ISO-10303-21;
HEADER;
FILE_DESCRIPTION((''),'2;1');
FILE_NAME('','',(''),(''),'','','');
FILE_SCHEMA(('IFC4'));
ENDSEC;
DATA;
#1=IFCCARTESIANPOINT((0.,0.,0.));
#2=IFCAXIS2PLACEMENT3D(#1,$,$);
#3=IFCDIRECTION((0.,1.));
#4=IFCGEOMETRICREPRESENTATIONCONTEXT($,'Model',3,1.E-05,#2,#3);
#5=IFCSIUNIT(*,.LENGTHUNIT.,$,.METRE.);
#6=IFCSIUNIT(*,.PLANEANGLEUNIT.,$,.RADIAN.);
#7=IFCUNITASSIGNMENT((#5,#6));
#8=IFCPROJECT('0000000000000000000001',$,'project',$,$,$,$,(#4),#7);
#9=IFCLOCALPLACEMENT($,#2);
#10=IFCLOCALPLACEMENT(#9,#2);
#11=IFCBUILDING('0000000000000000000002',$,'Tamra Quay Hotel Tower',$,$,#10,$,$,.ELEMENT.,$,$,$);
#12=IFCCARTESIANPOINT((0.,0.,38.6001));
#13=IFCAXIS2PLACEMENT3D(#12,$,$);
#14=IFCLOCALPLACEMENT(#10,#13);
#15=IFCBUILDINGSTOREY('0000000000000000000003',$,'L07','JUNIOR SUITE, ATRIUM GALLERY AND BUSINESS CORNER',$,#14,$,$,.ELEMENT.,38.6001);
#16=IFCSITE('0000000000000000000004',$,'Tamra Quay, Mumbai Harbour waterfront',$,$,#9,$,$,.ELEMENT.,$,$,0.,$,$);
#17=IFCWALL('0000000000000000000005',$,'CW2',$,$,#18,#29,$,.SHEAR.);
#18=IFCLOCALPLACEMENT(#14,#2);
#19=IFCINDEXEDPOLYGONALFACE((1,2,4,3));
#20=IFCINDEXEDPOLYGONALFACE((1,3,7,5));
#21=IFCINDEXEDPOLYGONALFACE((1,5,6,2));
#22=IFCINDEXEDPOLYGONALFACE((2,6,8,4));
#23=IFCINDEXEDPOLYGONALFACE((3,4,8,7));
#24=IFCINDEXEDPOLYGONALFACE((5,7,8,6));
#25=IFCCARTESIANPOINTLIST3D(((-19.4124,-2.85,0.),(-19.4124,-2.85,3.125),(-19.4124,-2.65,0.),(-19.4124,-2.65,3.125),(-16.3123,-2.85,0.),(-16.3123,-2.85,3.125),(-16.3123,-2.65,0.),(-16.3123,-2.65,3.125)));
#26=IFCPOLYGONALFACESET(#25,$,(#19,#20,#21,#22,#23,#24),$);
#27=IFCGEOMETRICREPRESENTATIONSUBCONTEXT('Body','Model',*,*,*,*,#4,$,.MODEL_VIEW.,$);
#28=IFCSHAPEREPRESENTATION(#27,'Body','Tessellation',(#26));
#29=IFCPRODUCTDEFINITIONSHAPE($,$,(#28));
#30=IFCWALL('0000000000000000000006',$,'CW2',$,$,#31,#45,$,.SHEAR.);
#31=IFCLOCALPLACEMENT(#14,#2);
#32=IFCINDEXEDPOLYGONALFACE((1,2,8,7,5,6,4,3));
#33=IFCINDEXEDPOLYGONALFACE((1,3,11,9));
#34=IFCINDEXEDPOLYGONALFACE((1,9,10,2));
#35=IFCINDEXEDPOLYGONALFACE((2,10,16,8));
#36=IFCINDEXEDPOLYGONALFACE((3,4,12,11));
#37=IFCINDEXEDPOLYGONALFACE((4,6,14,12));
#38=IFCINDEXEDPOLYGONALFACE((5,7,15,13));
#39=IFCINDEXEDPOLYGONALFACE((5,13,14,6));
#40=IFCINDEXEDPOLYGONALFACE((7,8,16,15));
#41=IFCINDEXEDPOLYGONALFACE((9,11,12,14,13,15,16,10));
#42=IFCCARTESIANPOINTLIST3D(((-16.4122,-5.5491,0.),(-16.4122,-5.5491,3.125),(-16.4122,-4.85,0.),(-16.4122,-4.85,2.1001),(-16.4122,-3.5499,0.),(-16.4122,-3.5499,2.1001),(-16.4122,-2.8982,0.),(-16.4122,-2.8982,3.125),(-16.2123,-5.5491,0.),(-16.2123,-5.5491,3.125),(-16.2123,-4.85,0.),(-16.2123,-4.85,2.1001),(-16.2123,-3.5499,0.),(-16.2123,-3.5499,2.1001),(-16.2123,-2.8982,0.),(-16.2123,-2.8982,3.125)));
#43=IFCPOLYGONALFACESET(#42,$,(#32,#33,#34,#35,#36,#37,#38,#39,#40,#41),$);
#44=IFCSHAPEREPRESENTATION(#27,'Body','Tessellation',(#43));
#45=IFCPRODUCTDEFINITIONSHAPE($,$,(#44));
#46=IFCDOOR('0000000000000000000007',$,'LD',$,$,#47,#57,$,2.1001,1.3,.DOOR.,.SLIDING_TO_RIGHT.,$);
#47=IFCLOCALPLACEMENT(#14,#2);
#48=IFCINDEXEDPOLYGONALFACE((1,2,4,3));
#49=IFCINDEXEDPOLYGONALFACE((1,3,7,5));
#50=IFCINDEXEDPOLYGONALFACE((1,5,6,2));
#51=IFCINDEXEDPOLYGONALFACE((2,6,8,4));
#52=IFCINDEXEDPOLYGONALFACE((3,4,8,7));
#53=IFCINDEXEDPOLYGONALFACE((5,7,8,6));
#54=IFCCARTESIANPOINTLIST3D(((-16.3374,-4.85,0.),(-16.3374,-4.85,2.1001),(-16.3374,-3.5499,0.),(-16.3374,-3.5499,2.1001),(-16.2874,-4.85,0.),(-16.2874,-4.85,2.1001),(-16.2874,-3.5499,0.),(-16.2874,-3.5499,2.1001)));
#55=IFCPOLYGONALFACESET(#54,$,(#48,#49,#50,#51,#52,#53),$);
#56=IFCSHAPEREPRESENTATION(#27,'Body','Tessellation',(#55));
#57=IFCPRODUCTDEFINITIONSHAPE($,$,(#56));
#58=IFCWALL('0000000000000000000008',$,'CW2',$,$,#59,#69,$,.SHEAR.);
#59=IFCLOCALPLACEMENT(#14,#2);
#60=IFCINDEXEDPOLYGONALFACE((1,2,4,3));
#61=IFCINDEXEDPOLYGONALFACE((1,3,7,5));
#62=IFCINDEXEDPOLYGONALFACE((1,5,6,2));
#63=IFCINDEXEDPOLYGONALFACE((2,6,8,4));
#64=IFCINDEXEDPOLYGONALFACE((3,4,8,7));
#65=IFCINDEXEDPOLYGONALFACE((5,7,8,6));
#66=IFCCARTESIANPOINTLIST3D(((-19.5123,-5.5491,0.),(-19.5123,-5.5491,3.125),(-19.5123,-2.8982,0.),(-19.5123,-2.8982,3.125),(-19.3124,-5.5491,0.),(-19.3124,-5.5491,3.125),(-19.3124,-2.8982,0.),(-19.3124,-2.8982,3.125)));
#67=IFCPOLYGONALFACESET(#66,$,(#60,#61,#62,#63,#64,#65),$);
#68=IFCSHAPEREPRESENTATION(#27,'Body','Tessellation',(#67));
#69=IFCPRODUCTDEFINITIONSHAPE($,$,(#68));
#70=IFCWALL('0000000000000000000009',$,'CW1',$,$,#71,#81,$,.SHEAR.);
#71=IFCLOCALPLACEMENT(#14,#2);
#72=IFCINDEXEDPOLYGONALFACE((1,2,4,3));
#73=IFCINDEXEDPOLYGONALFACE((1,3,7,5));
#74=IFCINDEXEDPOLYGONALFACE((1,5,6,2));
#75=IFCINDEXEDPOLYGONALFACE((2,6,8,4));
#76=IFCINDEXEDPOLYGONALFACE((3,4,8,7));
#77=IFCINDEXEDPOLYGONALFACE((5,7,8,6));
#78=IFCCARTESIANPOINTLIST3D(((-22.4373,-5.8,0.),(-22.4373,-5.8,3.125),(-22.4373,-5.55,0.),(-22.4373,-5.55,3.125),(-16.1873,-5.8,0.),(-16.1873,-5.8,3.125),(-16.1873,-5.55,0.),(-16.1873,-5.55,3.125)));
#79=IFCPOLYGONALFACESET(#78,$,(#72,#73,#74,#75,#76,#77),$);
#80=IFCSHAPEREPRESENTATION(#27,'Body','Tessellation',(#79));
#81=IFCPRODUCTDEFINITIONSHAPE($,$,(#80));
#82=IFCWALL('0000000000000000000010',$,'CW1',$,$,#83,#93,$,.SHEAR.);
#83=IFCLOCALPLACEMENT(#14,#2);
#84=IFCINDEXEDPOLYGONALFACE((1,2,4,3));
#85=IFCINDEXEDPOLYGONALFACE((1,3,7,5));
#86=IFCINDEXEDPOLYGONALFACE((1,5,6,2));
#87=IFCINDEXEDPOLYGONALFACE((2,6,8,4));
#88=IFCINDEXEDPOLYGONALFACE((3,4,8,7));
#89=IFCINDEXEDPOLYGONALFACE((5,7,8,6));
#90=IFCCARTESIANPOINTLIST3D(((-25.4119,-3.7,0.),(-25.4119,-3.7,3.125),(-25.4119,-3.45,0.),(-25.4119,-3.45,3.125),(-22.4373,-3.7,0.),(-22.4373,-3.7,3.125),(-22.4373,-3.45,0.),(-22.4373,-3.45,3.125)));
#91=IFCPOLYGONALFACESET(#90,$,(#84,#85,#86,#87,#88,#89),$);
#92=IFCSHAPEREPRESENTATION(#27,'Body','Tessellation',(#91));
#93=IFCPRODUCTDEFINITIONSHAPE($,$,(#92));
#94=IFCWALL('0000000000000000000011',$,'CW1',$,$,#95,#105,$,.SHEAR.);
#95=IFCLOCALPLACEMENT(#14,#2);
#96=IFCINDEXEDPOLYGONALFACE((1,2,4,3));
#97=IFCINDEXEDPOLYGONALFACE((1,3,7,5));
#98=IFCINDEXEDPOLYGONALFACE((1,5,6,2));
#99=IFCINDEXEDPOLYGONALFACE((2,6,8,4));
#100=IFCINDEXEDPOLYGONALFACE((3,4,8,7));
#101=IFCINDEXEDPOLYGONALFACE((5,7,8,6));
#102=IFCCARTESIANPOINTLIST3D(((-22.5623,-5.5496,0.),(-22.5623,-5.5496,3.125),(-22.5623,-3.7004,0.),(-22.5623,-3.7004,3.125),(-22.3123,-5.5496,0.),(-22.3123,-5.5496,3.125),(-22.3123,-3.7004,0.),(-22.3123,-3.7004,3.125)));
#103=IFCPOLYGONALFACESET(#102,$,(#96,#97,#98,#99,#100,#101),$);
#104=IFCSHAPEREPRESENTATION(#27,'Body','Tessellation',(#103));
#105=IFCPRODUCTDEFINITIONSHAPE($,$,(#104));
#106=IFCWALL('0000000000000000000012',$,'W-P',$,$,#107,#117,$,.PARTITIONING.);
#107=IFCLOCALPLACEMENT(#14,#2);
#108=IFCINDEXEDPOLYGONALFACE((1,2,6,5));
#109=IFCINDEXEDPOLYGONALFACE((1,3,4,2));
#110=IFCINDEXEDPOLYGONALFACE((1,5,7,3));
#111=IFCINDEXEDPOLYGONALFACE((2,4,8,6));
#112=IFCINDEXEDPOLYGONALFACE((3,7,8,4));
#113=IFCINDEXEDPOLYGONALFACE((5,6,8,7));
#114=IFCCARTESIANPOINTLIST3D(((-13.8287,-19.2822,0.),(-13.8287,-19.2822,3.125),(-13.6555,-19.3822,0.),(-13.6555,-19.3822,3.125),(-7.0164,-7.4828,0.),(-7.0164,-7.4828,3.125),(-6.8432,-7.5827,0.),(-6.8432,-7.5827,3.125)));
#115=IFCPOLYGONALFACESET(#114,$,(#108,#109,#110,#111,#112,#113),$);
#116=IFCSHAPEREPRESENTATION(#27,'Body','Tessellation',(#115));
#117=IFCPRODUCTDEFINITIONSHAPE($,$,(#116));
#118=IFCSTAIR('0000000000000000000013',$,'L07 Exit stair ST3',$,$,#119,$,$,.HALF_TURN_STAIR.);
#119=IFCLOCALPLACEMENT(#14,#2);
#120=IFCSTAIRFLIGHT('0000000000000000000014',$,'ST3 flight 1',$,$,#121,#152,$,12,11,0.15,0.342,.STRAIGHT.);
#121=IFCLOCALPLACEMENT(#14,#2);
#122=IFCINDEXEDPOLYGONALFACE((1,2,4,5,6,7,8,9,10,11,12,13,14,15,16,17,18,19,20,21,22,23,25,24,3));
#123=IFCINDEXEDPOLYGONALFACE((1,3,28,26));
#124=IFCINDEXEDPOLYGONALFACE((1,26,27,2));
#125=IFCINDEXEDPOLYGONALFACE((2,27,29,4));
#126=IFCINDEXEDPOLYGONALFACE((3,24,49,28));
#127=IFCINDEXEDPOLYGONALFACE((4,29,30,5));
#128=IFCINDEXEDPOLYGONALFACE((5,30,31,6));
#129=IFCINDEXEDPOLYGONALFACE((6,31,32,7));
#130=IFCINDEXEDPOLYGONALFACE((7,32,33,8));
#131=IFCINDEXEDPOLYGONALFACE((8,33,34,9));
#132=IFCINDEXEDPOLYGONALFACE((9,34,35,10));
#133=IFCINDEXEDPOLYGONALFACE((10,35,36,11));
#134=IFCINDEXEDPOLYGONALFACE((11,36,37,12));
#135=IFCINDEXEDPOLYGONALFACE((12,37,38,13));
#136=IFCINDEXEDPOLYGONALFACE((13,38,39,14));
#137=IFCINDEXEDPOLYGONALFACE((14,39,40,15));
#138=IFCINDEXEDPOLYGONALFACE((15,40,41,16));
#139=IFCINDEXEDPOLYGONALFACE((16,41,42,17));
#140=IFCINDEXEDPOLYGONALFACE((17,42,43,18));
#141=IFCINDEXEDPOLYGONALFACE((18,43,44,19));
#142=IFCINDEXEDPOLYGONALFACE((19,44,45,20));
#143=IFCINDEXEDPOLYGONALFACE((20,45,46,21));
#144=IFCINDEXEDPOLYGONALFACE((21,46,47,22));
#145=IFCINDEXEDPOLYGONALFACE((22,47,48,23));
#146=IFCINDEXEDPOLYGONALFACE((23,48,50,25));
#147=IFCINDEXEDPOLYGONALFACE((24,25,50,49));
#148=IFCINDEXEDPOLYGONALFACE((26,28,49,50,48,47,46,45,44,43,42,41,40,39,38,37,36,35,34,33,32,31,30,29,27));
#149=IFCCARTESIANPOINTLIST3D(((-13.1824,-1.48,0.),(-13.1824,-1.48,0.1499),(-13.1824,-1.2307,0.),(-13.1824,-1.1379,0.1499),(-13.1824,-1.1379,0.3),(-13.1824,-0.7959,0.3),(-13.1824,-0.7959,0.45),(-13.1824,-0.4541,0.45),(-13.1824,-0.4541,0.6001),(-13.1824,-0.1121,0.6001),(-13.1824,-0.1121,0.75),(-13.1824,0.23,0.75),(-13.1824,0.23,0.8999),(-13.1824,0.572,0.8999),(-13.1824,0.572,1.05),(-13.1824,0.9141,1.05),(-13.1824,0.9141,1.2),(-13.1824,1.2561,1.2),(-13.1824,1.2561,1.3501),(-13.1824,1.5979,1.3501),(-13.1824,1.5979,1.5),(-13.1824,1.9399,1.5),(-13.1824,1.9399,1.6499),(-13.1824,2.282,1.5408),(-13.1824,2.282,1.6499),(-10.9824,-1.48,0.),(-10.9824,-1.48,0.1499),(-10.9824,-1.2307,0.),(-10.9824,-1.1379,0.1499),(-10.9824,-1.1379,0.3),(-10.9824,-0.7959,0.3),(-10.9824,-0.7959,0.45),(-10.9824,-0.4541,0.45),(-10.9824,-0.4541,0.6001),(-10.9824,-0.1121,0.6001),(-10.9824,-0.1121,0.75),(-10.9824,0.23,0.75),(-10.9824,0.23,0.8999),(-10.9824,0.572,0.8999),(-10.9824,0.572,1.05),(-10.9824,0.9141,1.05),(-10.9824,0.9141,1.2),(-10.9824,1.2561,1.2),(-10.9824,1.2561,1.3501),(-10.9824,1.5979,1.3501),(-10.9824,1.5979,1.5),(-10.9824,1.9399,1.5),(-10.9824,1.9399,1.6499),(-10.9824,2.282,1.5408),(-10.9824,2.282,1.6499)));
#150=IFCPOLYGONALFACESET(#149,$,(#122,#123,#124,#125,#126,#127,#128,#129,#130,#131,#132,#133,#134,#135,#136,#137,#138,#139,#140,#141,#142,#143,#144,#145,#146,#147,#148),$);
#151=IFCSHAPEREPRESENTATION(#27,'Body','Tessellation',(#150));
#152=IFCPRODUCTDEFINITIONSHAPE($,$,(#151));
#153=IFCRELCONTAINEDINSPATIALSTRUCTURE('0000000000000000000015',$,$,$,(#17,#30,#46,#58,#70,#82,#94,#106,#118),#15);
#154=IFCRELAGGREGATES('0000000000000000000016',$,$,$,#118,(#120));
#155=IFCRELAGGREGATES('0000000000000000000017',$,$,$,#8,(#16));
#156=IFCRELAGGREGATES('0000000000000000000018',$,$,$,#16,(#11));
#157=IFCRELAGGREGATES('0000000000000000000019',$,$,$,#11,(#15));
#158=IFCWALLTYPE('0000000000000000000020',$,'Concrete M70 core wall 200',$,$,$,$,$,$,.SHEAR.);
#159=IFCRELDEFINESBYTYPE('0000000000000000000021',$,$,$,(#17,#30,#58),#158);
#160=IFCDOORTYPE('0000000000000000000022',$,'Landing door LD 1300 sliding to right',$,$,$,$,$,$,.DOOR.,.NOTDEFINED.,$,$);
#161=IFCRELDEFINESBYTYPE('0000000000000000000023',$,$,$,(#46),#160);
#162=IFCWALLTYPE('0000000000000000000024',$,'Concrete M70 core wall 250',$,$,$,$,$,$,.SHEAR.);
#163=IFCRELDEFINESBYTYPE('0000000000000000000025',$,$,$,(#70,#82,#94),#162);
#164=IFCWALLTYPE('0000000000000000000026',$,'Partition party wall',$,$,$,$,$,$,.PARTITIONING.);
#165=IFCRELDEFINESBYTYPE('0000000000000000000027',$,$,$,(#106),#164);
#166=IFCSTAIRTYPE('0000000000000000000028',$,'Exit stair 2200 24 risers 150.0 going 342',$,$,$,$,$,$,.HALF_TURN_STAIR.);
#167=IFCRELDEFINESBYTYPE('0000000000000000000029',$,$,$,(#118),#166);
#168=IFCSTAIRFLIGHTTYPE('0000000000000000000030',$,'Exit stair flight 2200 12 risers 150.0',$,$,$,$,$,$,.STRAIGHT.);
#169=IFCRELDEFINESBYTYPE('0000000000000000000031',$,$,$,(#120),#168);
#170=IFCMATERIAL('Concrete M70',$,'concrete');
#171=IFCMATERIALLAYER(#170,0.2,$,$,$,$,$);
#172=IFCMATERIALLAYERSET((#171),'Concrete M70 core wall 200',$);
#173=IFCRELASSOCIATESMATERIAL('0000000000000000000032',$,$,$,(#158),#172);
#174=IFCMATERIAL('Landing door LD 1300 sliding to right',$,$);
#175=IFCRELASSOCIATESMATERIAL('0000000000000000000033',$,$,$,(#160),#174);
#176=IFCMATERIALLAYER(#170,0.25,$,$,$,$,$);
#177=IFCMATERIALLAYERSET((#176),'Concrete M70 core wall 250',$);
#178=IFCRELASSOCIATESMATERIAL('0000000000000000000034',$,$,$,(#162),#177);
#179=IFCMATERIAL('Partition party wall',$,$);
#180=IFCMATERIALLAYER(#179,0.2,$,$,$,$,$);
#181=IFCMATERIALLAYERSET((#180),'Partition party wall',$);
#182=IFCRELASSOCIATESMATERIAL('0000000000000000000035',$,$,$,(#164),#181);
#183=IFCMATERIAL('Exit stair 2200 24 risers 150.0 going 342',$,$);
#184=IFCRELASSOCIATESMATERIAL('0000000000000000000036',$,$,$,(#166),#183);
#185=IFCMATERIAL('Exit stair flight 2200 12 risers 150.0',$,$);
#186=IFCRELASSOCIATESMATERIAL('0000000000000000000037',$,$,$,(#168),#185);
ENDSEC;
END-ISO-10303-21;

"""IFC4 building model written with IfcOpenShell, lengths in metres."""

from ifc_helpers import new_model, si_unit, direction, frame, frame_2d, origin, place, context, subcontext, project, spatial, polyline, rectangle, outline, extrude, material, layer, layer_set, type_object, element, fill, aggregate, save


model = new_model("IFC4")

# Units and contexts
model_context = context("Model", 3, precision=1e-05, world=origin(), true_north=direction((0.0, 1.0)))
body_context = subcontext(model_context, "Body", "Model", "MODEL_VIEW")
ifc_project = project(units=[si_unit("LENGTHUNIT", "METRE"), si_unit("PLANEANGLEUNIT", "RADIAN")], contexts=[model_context])

# Site, building, storey
site_placement = place(None, origin())
site = spatial("IfcSite", under=ifc_project, at=site_placement, Name="Tamra Quay, Mumbai Harbour waterfront", CompositionType="ELEMENT", RefElevation=0.0)
building_placement = place(site_placement, origin())
building = spatial("IfcBuilding", under=site, at=building_placement, Name="Tamra Quay Hotel Tower", CompositionType="ELEMENT")
storey_placement = place(building_placement, frame((0.0, 0.0, 38.6001)))
storey = spatial("IfcBuildingStorey", under=building, at=storey_placement, Name="L07", Description="JUNIOR SUITE, ATRIUM GALLERY AND BUSINESS CORNER", CompositionType="ELEMENT", Elevation=38.6001)

# Shared definitions
ifc_material_1 = material(Name="Concrete M70", Category="concrete")

# Wall
ifc_layer_1 = layer(ifc_material_1, 0.2)
ifc_layer_set_1 = layer_set([ifc_layer_1], Name="Concrete M70 core wall 200")
wall_type_1 = type_object("IfcWallType", Name="Concrete M70 core wall 200", PredefinedType="SHEAR", material=ifc_layer_set_1)
wall_1_placement = place(storey_placement, frame((-19.4124, -2.75, 0.0), z_axis=(0.0, 0.0, 1.0), x_axis=(1.0, 0.0, 0.0)))
element("IfcWall", 1, at=wall_1_placement, inside=storey, type_object=wall_type_1, Name="CW2", PredefinedType="SHEAR", context=body_context, shape_type="SweptSolid", body=[
    extrude(rectangle(XDim=3.1001, YDim=0.2, at=frame_2d((1.55, 0.0))), origin(), (0.0, 0.0, 1.0), 3.125),
])

# Wall, opening, door
wall_2_placement = place(storey_placement, frame((-16.3123, -2.8982, 0.0), z_axis=(0.0, 0.0, 1.0), x_axis=(0.0, -1.0, 0.0)))
wall_2 = element("IfcWall", 2, at=wall_2_placement, inside=storey, type_object=wall_type_1, Name="CW2", PredefinedType="SHEAR", context=body_context, shape_type="SweptSolid", body=[
    extrude(rectangle(XDim=2.6509, YDim=0.2, at=frame_2d((1.3254, 0.0))), origin(), (0.0, 0.0, 1.0), 3.125),
])
opening_placement = place(wall_2_placement, frame((0.6519, 0.0, 0.0)))
opening = element("IfcOpeningElement", 3, at=opening_placement, cuts=wall_2, PredefinedType="OPENING", context=body_context, shape_type="SweptSolid", body=[
    extrude(rectangle(XDim=1.3, YDim=2.1001, at=frame_2d((0.6499, 1.05))), frame((0.0, 0.1099, 0.0), z_axis=(0.0, -1.0, 0.0), x_axis=(1.0, 0.0, 0.0)), (0.0, 0.0, 1.0), 0.22),
])
ifc_material_2 = material(Name="Landing door LD 1300 sliding to right")
door_type = type_object("IfcDoorType", Name="Landing door LD 1300 sliding to right", OperationType="NOTDEFINED", PredefinedType="DOOR", material=ifc_material_2)
door_placement = place(opening_placement, origin())
door = element("IfcDoor", 4, at=door_placement, inside=storey, type_object=door_type, Name="LD", OperationType="SLIDING_TO_RIGHT", OverallHeight=2.1001, OverallWidth=1.3, PredefinedType="DOOR", context=body_context, shape_type="SweptSolid", body=[
    extrude(rectangle(XDim=1.3, YDim=2.1001, at=frame_2d((0.6499, 1.05))), frame((0.0, 0.0249, 0.0), z_axis=(0.0, -1.0, 0.0), x_axis=(1.0, 0.0, 0.0)), (0.0, 0.0, 1.0), 0.05),
])
fill(opening, door)

# Walls
wall_3_placement = place(storey_placement, frame((-19.4124, -5.5491, 0.0), z_axis=(0.0, 0.0, 1.0), x_axis=(0.0, 1.0, 0.0)))
element("IfcWall", 5, at=wall_3_placement, inside=storey, type_object=wall_type_1, Name="CW2", PredefinedType="SHEAR", context=body_context, shape_type="SweptSolid", body=[
    extrude(rectangle(XDim=2.6509, YDim=0.2, at=frame_2d((1.3254, 0.0))), origin(), (0.0, 0.0, 1.0), 3.125),
])
ifc_layer_2 = layer(ifc_material_1, 0.25)
ifc_layer_set_2 = layer_set([ifc_layer_2], Name="Concrete M70 core wall 250")
wall_type_2 = type_object("IfcWallType", Name="Concrete M70 core wall 250", PredefinedType="SHEAR", material=ifc_layer_set_2)
wall_4_placement = place(storey_placement, frame((-16.1873, -5.675, 0.0), z_axis=(0.0, 0.0, 1.0), x_axis=(-1.0, 0.0, 0.0)))
element("IfcWall", 6, at=wall_4_placement, inside=storey, type_object=wall_type_2, Name="CW1", PredefinedType="SHEAR", context=body_context, shape_type="SweptSolid", body=[
    extrude(rectangle(XDim=6.25, YDim=0.25, at=frame_2d((3.125, 0.0))), origin(), (0.0, 0.0, 1.0), 3.125),
])
wall_5_placement = place(storey_placement, frame((-22.4373, -3.575, 0.0), z_axis=(0.0, 0.0, 1.0), x_axis=(-1.0, 0.0, 0.0)))
element("IfcWall", 7, at=wall_5_placement, inside=storey, type_object=wall_type_2, Name="CW1", PredefinedType="SHEAR", context=body_context, shape_type="SweptSolid", body=[
    extrude(rectangle(XDim=2.9746, YDim=0.25, at=frame_2d((1.4873, 0.0))), origin(), (0.0, 0.0, 1.0), 3.125),
])
wall_6_placement = place(storey_placement, frame((-22.4373, -5.5496, 0.0), z_axis=(0.0, 0.0, 1.0), x_axis=(0.0, 1.0, 0.0)))
element("IfcWall", 8, at=wall_6_placement, inside=storey, type_object=wall_type_2, Name="CW1", PredefinedType="SHEAR", context=body_context, shape_type="SweptSolid", body=[
    extrude(rectangle(XDim=1.8491, YDim=0.25, at=frame_2d((0.9246, 0.0))), origin(), (0.0, 0.0, 1.0), 3.125),
])
ifc_material_3 = material(Name="Partition party wall")
ifc_layer_3 = layer(ifc_material_3, 0.2)
ifc_layer_set_3 = layer_set([ifc_layer_3], Name="Partition party wall")
wall_type_3 = type_object("IfcWallType", Name="Partition party wall", PredefinedType="PARTITIONING", material=ifc_layer_set_3)
wall_7_placement = place(storey_placement, frame((-13.7422, -19.3323, 0.0), z_axis=(0.0, 0.0, 1.0), x_axis=(0.499995, 0.866028, 0.0)))
element("IfcWall", 9, at=wall_7_placement, inside=storey, type_object=wall_type_3, Name="W-P", PredefinedType="PARTITIONING", context=body_context, shape_type="SweptSolid", body=[
    extrude(rectangle(XDim=13.6248, YDim=0.2, at=frame_2d((6.8125, 0.0))), origin(), (0.0, 0.0, 1.0), 3.125),
])

# Stair, stair flight
ifc_material_4 = material(Name="Exit stair 2200 24 risers 150.0 going 342")
stair_type = type_object("IfcStairType", Name="Exit stair 2200 24 risers 150.0 going 342", PredefinedType="HALF_TURN_STAIR", material=ifc_material_4)
stair_placement = place(storey_placement, origin())
stair = element("IfcStair", 10, at=stair_placement, inside=storey, type_object=stair_type, Name="L07 Exit stair ST3", PredefinedType="HALF_TURN_STAIR")
ifc_material_5 = material(Name="Exit stair flight 2200 12 risers 150.0")
stair_flight_type = type_object("IfcStairFlightType", Name="Exit stair flight 2200 12 risers 150.0", PredefinedType="STRAIGHT", material=ifc_material_5)
stair_flight_placement = place(storey_placement, frame((-12.0823, -1.48, 0.0), z_axis=(0.0, 0.0, 1.0), x_axis=(0.0, 1.0, 0.0)))
stair_flight = element("IfcStairFlight", 11, at=stair_flight_placement, type_object=stair_flight_type, Name="ST3 flight 1", NumberOfRisers=12, NumberOfTreads=11, PredefinedType="STRAIGHT", RiserHeight=0.15, TreadLength=0.342, context=body_context, shape_type="SweptSolid", body=[
    extrude(outline(polyline([(0.0, 0.0), (0.0, 0.1499), (0.342, 0.1499), (0.342, 0.3), (0.6841, 0.3), (0.6841, 0.45), (1.0259, 0.45), (1.0259, 0.6001), (1.3679, 0.6001), (1.3679, 0.75), (1.71, 0.75), (1.71, 0.8999), (2.052, 0.8999), (2.052, 1.05), (2.394, 1.05), (2.394, 1.2), (2.7361, 1.2), (2.7361, 1.3501), (3.0779, 1.3501), (3.0779, 1.5), (3.4199, 1.5), (3.4199, 1.6499), (3.762, 1.6499), (3.762, 1.8), (3.762, 1.5408), (0.2493, 0.0), (0.0, 0.0)])), frame((0.0, 1.1001, 0.0), z_axis=(0.0, -1.0, 0.0), x_axis=(1.0, 0.0, 0.0)), (0.0, 0.0, 1.0), 2.2),
])
aggregate(stair, [stair_flight])

save(model, "model.ifc")
